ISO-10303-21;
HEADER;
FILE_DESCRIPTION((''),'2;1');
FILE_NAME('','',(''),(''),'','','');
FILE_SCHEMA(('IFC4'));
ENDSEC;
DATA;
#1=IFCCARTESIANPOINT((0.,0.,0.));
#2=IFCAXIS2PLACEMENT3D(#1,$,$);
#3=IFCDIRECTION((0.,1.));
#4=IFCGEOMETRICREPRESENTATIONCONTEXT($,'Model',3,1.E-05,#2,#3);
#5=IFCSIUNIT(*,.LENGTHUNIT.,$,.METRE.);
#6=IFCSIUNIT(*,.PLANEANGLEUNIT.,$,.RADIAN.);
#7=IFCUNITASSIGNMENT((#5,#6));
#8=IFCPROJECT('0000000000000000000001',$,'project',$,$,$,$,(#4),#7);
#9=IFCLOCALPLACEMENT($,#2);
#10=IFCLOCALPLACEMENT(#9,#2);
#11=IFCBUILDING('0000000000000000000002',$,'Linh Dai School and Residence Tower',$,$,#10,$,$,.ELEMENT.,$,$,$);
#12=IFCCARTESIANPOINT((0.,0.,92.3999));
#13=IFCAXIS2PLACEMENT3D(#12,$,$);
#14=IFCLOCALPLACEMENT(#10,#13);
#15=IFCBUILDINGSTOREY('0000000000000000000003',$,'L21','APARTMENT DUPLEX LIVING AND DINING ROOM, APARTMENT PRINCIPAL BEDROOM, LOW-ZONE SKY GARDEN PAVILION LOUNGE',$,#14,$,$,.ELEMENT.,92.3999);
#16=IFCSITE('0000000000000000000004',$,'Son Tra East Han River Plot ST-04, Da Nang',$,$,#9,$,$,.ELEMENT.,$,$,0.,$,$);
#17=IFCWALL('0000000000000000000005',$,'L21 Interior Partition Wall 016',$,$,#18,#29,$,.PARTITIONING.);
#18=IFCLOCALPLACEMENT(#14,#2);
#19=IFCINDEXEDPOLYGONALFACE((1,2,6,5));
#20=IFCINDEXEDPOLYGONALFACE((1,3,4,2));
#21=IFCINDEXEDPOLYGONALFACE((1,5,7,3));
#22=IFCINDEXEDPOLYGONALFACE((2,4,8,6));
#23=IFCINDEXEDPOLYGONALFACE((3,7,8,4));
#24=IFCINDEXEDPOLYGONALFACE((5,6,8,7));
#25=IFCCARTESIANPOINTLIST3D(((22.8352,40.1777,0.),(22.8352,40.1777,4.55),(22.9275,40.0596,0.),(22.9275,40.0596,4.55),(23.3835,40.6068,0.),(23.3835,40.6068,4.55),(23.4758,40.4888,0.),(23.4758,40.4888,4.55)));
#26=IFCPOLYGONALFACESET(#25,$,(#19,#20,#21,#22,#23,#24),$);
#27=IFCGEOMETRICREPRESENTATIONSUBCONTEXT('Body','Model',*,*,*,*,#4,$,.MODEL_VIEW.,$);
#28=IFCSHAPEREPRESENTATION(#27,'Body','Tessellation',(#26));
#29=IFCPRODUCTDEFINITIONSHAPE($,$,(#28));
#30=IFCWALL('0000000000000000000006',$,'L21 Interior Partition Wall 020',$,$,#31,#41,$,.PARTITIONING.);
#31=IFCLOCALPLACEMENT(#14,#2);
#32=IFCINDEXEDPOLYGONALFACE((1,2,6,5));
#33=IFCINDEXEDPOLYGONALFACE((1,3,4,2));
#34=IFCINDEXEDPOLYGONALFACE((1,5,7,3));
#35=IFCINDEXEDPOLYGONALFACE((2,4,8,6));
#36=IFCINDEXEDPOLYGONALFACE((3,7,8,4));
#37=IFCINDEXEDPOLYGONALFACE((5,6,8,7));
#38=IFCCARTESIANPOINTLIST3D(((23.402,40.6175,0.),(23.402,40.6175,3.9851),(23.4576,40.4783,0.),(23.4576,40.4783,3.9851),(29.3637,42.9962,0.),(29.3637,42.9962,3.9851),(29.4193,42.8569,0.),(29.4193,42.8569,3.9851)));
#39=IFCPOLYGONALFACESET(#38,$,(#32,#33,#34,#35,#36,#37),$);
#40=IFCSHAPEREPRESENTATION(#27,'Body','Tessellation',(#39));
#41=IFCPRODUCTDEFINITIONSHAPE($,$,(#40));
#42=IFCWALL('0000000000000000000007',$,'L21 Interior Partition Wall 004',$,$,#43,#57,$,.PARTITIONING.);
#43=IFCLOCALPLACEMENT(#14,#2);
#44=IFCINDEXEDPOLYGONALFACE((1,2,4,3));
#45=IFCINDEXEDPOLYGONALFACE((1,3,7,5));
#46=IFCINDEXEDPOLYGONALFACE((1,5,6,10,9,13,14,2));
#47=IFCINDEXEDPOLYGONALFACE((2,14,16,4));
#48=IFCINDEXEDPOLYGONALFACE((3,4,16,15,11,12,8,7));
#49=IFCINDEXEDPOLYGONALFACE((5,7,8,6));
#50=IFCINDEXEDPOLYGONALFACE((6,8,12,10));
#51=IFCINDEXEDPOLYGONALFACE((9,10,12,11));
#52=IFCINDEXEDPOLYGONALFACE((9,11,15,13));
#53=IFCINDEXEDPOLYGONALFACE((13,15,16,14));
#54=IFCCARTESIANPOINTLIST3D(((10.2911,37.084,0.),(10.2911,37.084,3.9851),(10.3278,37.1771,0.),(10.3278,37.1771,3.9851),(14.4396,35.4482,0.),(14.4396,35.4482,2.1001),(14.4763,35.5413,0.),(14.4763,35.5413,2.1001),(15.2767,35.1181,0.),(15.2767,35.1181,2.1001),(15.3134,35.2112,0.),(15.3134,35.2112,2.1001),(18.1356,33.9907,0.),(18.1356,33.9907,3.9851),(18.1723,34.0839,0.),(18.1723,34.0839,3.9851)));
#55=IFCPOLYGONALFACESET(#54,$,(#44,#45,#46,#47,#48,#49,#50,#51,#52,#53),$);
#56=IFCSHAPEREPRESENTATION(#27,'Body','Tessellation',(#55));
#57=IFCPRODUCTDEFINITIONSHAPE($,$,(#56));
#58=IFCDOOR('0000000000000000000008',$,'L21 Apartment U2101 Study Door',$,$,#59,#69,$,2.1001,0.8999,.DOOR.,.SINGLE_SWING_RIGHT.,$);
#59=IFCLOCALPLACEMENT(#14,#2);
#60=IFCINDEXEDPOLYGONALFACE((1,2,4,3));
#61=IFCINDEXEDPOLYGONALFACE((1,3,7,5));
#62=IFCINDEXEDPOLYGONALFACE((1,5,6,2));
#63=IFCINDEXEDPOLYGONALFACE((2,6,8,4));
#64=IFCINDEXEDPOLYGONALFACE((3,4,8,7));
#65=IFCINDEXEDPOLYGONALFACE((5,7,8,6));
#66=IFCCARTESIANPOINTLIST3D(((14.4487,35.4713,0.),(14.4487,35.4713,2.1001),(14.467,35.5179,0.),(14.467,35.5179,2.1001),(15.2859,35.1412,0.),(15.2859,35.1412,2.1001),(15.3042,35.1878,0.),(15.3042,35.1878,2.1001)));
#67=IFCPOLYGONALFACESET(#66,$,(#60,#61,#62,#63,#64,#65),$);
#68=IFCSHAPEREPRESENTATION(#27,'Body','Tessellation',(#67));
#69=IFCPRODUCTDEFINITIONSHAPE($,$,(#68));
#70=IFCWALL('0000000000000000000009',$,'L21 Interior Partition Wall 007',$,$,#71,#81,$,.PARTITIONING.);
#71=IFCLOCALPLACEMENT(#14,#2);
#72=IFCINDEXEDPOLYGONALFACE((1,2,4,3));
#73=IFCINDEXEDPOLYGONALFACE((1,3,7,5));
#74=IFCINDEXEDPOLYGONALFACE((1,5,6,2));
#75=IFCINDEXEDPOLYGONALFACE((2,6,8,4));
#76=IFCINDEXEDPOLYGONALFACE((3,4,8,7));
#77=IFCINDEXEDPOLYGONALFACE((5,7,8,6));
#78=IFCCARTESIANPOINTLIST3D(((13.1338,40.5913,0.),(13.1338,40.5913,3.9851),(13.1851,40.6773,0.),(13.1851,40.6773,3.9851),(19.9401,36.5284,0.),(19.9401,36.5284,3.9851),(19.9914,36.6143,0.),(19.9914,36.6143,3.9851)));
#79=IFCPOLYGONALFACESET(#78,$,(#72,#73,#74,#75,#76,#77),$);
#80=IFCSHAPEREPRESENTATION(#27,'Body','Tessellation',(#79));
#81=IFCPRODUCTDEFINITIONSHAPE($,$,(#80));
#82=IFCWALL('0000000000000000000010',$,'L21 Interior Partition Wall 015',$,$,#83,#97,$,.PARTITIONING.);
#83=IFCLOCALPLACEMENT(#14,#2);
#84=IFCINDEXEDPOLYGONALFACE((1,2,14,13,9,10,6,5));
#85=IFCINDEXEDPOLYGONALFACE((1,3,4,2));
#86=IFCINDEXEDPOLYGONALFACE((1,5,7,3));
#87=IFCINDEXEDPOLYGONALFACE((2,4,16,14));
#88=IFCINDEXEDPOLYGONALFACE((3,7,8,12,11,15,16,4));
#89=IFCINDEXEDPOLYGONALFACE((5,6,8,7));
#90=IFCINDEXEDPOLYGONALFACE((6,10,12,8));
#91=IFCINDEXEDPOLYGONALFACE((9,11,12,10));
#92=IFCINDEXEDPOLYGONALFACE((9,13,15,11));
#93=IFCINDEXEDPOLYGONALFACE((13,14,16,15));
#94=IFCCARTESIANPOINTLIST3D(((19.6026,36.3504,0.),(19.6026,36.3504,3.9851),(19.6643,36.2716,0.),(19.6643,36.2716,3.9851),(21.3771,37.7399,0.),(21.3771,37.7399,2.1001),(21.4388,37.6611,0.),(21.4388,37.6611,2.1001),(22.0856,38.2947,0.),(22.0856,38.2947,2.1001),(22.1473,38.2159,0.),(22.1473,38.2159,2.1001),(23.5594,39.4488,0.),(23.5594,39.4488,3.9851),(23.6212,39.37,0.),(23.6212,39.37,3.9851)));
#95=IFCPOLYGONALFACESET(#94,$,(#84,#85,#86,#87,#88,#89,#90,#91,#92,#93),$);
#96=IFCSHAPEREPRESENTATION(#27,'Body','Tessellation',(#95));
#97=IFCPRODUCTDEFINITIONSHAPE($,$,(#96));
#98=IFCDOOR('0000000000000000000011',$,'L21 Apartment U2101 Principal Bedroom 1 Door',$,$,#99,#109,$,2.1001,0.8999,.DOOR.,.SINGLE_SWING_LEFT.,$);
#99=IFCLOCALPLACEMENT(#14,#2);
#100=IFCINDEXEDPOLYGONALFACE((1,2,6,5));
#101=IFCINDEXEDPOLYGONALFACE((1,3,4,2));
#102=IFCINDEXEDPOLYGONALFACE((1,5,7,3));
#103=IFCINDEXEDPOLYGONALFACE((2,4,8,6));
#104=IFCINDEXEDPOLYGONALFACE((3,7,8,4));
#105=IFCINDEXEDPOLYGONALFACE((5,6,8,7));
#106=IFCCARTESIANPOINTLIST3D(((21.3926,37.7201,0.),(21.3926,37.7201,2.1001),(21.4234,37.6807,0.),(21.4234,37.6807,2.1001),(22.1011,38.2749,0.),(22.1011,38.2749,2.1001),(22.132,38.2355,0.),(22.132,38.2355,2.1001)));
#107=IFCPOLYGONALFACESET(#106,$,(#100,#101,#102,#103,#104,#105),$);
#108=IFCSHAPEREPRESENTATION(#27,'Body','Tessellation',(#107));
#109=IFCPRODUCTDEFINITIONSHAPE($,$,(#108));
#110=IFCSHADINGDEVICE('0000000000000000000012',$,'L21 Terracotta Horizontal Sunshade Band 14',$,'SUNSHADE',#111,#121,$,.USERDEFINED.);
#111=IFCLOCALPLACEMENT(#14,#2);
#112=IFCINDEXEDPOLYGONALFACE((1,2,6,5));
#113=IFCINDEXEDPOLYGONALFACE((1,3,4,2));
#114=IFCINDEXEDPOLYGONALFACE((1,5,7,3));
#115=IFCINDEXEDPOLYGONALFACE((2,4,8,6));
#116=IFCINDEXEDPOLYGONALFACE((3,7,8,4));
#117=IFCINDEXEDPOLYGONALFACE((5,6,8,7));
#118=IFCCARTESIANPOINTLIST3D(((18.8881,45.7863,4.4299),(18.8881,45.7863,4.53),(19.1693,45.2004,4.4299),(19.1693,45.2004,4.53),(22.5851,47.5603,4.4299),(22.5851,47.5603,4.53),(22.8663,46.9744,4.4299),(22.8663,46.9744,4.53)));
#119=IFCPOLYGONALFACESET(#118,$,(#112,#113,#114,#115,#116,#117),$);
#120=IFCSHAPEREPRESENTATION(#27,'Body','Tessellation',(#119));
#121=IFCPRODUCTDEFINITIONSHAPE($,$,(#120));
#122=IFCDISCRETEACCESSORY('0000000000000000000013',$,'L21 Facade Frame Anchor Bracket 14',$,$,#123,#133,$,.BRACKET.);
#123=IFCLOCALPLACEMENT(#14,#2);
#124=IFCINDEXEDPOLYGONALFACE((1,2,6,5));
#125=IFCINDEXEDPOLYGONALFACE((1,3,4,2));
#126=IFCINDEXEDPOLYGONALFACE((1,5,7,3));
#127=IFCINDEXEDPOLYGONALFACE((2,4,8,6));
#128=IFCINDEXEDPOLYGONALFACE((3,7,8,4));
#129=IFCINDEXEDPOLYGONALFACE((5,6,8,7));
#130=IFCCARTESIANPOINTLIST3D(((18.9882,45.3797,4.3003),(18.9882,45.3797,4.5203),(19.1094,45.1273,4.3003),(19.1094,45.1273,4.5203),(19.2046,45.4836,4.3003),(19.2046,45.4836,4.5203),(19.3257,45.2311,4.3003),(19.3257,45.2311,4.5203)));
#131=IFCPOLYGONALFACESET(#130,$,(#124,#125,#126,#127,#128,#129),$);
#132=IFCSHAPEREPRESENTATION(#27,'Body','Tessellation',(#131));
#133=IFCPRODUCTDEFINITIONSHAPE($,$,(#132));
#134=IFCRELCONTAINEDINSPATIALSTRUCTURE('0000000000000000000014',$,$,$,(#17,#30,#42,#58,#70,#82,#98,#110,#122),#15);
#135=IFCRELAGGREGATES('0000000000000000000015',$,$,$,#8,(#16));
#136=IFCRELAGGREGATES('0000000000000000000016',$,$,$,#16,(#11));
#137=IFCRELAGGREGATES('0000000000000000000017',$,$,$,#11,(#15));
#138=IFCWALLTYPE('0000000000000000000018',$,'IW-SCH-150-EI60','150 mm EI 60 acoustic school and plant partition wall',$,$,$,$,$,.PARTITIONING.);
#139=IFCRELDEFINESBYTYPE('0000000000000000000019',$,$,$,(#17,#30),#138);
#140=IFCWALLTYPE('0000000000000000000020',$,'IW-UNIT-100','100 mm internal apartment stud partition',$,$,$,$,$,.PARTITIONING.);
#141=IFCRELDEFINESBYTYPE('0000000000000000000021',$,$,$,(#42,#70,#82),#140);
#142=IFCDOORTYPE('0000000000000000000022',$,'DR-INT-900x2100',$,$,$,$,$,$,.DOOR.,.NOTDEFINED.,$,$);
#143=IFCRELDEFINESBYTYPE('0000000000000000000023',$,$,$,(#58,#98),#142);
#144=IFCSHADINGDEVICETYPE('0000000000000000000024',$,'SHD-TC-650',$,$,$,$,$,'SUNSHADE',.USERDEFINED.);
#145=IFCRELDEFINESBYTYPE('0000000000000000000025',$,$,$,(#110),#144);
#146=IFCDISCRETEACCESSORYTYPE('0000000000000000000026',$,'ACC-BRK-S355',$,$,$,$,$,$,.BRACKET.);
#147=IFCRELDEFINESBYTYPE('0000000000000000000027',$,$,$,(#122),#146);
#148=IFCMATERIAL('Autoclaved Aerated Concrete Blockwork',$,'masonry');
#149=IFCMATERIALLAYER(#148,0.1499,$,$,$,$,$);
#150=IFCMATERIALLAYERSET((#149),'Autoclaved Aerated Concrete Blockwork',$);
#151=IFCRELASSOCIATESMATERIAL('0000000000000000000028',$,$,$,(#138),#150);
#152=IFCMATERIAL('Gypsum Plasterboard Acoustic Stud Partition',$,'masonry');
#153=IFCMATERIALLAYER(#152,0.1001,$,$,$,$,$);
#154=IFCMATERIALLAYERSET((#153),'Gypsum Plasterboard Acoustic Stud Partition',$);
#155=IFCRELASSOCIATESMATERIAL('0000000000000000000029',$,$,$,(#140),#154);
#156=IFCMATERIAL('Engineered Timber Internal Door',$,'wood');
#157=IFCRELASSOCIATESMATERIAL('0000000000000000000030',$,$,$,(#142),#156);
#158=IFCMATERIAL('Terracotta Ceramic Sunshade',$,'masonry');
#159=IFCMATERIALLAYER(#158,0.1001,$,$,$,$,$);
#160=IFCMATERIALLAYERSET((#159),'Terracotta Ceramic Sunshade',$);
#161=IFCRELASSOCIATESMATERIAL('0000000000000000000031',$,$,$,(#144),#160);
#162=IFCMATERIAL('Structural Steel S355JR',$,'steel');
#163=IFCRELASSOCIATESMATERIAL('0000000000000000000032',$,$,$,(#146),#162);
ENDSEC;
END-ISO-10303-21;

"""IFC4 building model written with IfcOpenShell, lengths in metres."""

from ifc_helpers import new_model, si_unit, direction, frame, frame_2d, origin, origin_2d, place, context, subcontext, project, spatial, rectangle, extrude, source, transform, mapped, material, layer, layer_set, type_object, element, fill, save


model = new_model("IFC4")

# Units and contexts
model_context = context("Model", 3, precision=1e-05, world=origin(), true_north=direction((0.0, 1.0)))
body_context = subcontext(model_context, "Body", "Model", "MODEL_VIEW")
ifc_project = project(units=[si_unit("LENGTHUNIT", "METRE"), si_unit("PLANEANGLEUNIT", "RADIAN")], contexts=[model_context])

# Site, building, storey
site_placement = place(None, origin())
site = spatial("IfcSite", under=ifc_project, at=site_placement, Name="Son Tra East Han River Plot ST-04, Da Nang", CompositionType="ELEMENT", RefElevation=0.0)
building_placement = place(site_placement, origin())
building = spatial("IfcBuilding", under=site, at=building_placement, Name="Linh Dai School and Residence Tower", CompositionType="ELEMENT")
storey_placement = place(building_placement, frame((0.0, 0.0, 92.3999)))
storey = spatial("IfcBuildingStorey", under=building, at=storey_placement, Name="L21", Description="APARTMENT DUPLEX LIVING AND DINING ROOM, APARTMENT PRINCIPAL BEDROOM, LOW-ZONE SKY GARDEN PAVILION LOUNGE", CompositionType="ELEMENT", Elevation=92.3999)

# Shared definitions
ifc_material_1 = material(Name="Structural Steel S355JR", Category="steel")

# Shared definitions
ifc_material_2 = material(Name="Autoclaved Aerated Concrete Blockwork", Category="masonry")

# Walls
ifc_layer_1 = layer(ifc_material_2, 0.1499)
ifc_layer_set_1 = layer_set([ifc_layer_1], Name="Autoclaved Aerated Concrete Blockwork")
wall_type_1 = type_object("IfcWallType", Name="IW-SCH-150-EI60", Description="150 mm EI 60 acoustic school and plant partition wall", PredefinedType="PARTITIONING", material=ifc_layer_set_1)
wall_1_placement = place(storey_placement, frame((22.8813, 40.1187, 0.0), z_axis=(0.0, 0.0, 1.0), x_axis=(0.787461, 0.616365, 0.0)))
element("IfcWall", 1, at=wall_1_placement, inside=storey, type_object=wall_type_1, Name="L21 Interior Partition Wall 016", PredefinedType="PARTITIONING", context=body_context, shape_type="SweptSolid", body=[
    extrude(rectangle(XDim=0.6963, YDim=0.1499, at=frame_2d((0.3481, 0.0))), origin(), (0.0, 0.0, 1.0), 4.55),
])
wall_2_placement = place(storey_placement, frame((23.4297, 40.5479, 0.0), z_axis=(0.0, 0.0, 1.0), x_axis=(0.928799, 0.370584, 0.0)))
element("IfcWall", 2, at=wall_2_placement, inside=storey, type_object=wall_type_1, Name="L21 Interior Partition Wall 020", PredefinedType="PARTITIONING", context=body_context, shape_type="SweptSolid", body=[
    extrude(rectangle(XDim=6.4187, YDim=0.1499, at=frame_2d((3.2095, 0.0))), origin(), (0.0, 0.0, 1.0), 3.9851),
])

# Wall, opening, door
ifc_material_3 = material(Name="Gypsum Plasterboard Acoustic Stud Partition", Category="masonry")
ifc_layer_2 = layer(ifc_material_3, 0.1001)
ifc_layer_set_2 = layer_set([ifc_layer_2], Name="Gypsum Plasterboard Acoustic Stud Partition")
wall_type_2 = type_object("IfcWallType", Name="IW-UNIT-100", Description="100 mm internal apartment stud partition", PredefinedType="PARTITIONING", material=ifc_layer_set_2)
wall_3_placement = place(storey_placement, frame((10.3093, 37.1306, 0.0), z_axis=(0.0, 0.0, 1.0), x_axis=(0.930287, -0.366834, 0.0)))
wall_3 = element("IfcWall", 3, at=wall_3_placement, inside=storey, type_object=wall_type_2, Name="L21 Interior Partition Wall 004", PredefinedType="PARTITIONING", context=body_context, shape_type="SweptSolid", body=[
    extrude(rectangle(XDim=8.4324, YDim=0.1001, at=frame_2d((4.2163, 0.0))), origin(), (0.0, 0.0, 1.0), 3.9851),
])
opening_1_placement = place(wall_3_placement, frame((4.4595, 0.0, 0.0)))
opening_1 = element("IfcOpeningElement", 4, at=opening_1_placement, cuts=wall_3, PredefinedType="OPENING", context=body_context, shape_type="SweptSolid", body=[
    extrude(rectangle(XDim=0.8999, YDim=2.1001, at=origin_2d()), frame((0.45, 0.0601, 1.05), z_axis=(0.0, -1.0, 0.0), x_axis=(1.0, 0.0, 0.0)), (0.0, 0.0, 1.0), 0.1201),
])
ifc_material_4 = material(Name="Engineered Timber Internal Door", Category="wood")
door_type_1 = type_object("IfcDoorType", Name="DR-INT-900x2100", OperationType="NOTDEFINED", PredefinedType="DOOR", material=ifc_material_4)
shared_shape_1 = source(origin(), body_context, "Body", "SweptSolid", [
    extrude(rectangle(XDim=0.8999, YDim=2.1001, at=origin_2d()), frame((0.45, 0.0249, 1.05), z_axis=(0.0, -1.0, 0.0), x_axis=(1.0, 0.0, 0.0)), (0.0, 0.0, 1.0), 0.05),
])
door_1_placement = place(opening_1_placement, origin())
door_1 = element("IfcDoor", 5, at=door_1_placement, inside=storey, type_object=door_type_1, Name="L21 Apartment U2101 Study Door", OperationType="SINGLE_SWING_RIGHT", OverallHeight=2.1001, OverallWidth=0.8999, PredefinedType="DOOR", context=body_context, shape_type="MappedRepresentation", body=[
    mapped(shared_shape_1, transform((0.0, 0.0, 0.0), x_axis=(1.0, 0.0, 0.0), y_axis=(0.0, 1.0, 0.0), z_axis=(0.0, 0.0, 1.0), scale=1.0)),
])
fill(opening_1, door_1)

# Wall
wall_4_placement = place(storey_placement, frame((13.1594, 40.6343, 0.0), z_axis=(0.0, 0.0, 1.0), x_axis=(0.858651, -0.51256, 0.0)))
element("IfcWall", 6, at=wall_4_placement, inside=storey, type_object=wall_type_2, Name="L21 Interior Partition Wall 007", PredefinedType="PARTITIONING", context=body_context, shape_type="SweptSolid", body=[
    extrude(rectangle(XDim=7.9268, YDim=0.1001, at=frame_2d((3.9634, 0.0))), origin(), (0.0, 0.0, 1.0), 3.9851),
])

# Wall, opening, door
wall_5_placement = place(storey_placement, frame((19.6335, 36.311, 0.0), z_axis=(0.0, 0.0, 1.0), x_axis=(0.787334, 0.616527, 0.0)))
wall_5 = element("IfcWall", 7, at=wall_5_placement, inside=storey, type_object=wall_type_2, Name="L21 Interior Partition Wall 015", PredefinedType="PARTITIONING", context=body_context, shape_type="SweptSolid", body=[
    extrude(rectangle(XDim=5.0256, YDim=0.1001, at=frame_2d((2.5127, 0.0))), origin(), (0.0, 0.0, 1.0), 3.9851),
])
opening_2_placement = place(wall_5_placement, frame((2.2537, 0.0, 0.0)))
opening_2 = element("IfcOpeningElement", 8, at=opening_2_placement, cuts=wall_5, PredefinedType="OPENING", context=body_context, shape_type="SweptSolid", body=[
    extrude(rectangle(XDim=0.8999, YDim=2.1001, at=origin_2d()), frame((0.45, 0.0601, 1.05), z_axis=(0.0, -1.0, 0.0), x_axis=(1.0, 0.0, 0.0)), (0.0, 0.0, 1.0), 0.1201),
])
door_2_placement = place(opening_2_placement, origin())
door_2 = element("IfcDoor", 9, at=door_2_placement, inside=storey, type_object=door_type_1, Name="L21 Apartment U2101 Principal Bedroom 1 Door", OperationType="SINGLE_SWING_LEFT", OverallHeight=2.1001, OverallWidth=0.8999, PredefinedType="DOOR", context=body_context, shape_type="MappedRepresentation", body=[
    mapped(shared_shape_1, transform((0.0, 0.0, 0.0), x_axis=(1.0, 0.0, 0.0), y_axis=(0.0, 1.0, 0.0), z_axis=(0.0, 0.0, 1.0), scale=1.0)),
])
fill(opening_2, door_2)

# Shading device
ifc_material_5 = material(Name="Terracotta Ceramic Sunshade", Category="masonry")
ifc_layer_3 = layer(ifc_material_5, 0.1001)
ifc_layer_set_3 = layer_set([ifc_layer_3], Name="Terracotta Ceramic Sunshade")
shading_device_type = type_object("IfcShadingDeviceType", Name="SHD-TC-650", ElementType="SUNSHADE", PredefinedType="USERDEFINED", material=ifc_layer_set_3)
shared_shape_2 = source(origin(), body_context, "Body", "SweptSolid", [
    extrude(rectangle(XDim=4.1006, YDim=0.6499, at=origin_2d()), origin(), (0.0, 0.0, 1.0), 0.1001),
])
shading_device_placement = place(storey_placement, frame((20.8772, 46.3804, 4.4299), z_axis=(0.0, 0.0, 1.0), x_axis=(0.901578, 0.432618, 0.0)))
element("IfcShadingDevice", 10, at=shading_device_placement, inside=storey, type_object=shading_device_type, Name="L21 Terracotta Horizontal Sunshade Band 14", ObjectType="SUNSHADE", PredefinedType="USERDEFINED", context=body_context, shape_type="MappedRepresentation", body=[
    mapped(shared_shape_2, transform((0.0, 0.0, 0.0), x_axis=(1.0, 0.0, 0.0), y_axis=(0.0, 1.0, 0.0), z_axis=(0.0, 0.0, 1.0), scale=1.0)),
])

# Discrete accessory
discrete_accessory_type = type_object("IfcDiscreteAccessoryType", Name="ACC-BRK-S355", PredefinedType="BRACKET", material=ifc_material_1)
shared_shape_3 = source(origin(), body_context, "Body", "SweptSolid", [
    extrude(rectangle(XDim=0.28, YDim=0.24, at=origin_2d()), origin(), (0.0, 0.0, 1.0), 0.22),
])
discrete_accessory_placement = place(storey_placement, frame((19.157, 45.3054, 4.3003), z_axis=(0.0, 0.0, 1.0), x_axis=(-0.432618, 0.901578, 0.0)))
element("IfcDiscreteAccessory", 11, at=discrete_accessory_placement, inside=storey, type_object=discrete_accessory_type, Name="L21 Facade Frame Anchor Bracket 14", PredefinedType="BRACKET", context=body_context, shape_type="MappedRepresentation", body=[
    mapped(shared_shape_3, transform((0.0, 0.0, 0.0), x_axis=(1.0, 0.0, 0.0), y_axis=(0.0, 1.0, 0.0), z_axis=(0.0, 0.0, 1.0), scale=1.0)),
])

save(model, "model.ifc")
